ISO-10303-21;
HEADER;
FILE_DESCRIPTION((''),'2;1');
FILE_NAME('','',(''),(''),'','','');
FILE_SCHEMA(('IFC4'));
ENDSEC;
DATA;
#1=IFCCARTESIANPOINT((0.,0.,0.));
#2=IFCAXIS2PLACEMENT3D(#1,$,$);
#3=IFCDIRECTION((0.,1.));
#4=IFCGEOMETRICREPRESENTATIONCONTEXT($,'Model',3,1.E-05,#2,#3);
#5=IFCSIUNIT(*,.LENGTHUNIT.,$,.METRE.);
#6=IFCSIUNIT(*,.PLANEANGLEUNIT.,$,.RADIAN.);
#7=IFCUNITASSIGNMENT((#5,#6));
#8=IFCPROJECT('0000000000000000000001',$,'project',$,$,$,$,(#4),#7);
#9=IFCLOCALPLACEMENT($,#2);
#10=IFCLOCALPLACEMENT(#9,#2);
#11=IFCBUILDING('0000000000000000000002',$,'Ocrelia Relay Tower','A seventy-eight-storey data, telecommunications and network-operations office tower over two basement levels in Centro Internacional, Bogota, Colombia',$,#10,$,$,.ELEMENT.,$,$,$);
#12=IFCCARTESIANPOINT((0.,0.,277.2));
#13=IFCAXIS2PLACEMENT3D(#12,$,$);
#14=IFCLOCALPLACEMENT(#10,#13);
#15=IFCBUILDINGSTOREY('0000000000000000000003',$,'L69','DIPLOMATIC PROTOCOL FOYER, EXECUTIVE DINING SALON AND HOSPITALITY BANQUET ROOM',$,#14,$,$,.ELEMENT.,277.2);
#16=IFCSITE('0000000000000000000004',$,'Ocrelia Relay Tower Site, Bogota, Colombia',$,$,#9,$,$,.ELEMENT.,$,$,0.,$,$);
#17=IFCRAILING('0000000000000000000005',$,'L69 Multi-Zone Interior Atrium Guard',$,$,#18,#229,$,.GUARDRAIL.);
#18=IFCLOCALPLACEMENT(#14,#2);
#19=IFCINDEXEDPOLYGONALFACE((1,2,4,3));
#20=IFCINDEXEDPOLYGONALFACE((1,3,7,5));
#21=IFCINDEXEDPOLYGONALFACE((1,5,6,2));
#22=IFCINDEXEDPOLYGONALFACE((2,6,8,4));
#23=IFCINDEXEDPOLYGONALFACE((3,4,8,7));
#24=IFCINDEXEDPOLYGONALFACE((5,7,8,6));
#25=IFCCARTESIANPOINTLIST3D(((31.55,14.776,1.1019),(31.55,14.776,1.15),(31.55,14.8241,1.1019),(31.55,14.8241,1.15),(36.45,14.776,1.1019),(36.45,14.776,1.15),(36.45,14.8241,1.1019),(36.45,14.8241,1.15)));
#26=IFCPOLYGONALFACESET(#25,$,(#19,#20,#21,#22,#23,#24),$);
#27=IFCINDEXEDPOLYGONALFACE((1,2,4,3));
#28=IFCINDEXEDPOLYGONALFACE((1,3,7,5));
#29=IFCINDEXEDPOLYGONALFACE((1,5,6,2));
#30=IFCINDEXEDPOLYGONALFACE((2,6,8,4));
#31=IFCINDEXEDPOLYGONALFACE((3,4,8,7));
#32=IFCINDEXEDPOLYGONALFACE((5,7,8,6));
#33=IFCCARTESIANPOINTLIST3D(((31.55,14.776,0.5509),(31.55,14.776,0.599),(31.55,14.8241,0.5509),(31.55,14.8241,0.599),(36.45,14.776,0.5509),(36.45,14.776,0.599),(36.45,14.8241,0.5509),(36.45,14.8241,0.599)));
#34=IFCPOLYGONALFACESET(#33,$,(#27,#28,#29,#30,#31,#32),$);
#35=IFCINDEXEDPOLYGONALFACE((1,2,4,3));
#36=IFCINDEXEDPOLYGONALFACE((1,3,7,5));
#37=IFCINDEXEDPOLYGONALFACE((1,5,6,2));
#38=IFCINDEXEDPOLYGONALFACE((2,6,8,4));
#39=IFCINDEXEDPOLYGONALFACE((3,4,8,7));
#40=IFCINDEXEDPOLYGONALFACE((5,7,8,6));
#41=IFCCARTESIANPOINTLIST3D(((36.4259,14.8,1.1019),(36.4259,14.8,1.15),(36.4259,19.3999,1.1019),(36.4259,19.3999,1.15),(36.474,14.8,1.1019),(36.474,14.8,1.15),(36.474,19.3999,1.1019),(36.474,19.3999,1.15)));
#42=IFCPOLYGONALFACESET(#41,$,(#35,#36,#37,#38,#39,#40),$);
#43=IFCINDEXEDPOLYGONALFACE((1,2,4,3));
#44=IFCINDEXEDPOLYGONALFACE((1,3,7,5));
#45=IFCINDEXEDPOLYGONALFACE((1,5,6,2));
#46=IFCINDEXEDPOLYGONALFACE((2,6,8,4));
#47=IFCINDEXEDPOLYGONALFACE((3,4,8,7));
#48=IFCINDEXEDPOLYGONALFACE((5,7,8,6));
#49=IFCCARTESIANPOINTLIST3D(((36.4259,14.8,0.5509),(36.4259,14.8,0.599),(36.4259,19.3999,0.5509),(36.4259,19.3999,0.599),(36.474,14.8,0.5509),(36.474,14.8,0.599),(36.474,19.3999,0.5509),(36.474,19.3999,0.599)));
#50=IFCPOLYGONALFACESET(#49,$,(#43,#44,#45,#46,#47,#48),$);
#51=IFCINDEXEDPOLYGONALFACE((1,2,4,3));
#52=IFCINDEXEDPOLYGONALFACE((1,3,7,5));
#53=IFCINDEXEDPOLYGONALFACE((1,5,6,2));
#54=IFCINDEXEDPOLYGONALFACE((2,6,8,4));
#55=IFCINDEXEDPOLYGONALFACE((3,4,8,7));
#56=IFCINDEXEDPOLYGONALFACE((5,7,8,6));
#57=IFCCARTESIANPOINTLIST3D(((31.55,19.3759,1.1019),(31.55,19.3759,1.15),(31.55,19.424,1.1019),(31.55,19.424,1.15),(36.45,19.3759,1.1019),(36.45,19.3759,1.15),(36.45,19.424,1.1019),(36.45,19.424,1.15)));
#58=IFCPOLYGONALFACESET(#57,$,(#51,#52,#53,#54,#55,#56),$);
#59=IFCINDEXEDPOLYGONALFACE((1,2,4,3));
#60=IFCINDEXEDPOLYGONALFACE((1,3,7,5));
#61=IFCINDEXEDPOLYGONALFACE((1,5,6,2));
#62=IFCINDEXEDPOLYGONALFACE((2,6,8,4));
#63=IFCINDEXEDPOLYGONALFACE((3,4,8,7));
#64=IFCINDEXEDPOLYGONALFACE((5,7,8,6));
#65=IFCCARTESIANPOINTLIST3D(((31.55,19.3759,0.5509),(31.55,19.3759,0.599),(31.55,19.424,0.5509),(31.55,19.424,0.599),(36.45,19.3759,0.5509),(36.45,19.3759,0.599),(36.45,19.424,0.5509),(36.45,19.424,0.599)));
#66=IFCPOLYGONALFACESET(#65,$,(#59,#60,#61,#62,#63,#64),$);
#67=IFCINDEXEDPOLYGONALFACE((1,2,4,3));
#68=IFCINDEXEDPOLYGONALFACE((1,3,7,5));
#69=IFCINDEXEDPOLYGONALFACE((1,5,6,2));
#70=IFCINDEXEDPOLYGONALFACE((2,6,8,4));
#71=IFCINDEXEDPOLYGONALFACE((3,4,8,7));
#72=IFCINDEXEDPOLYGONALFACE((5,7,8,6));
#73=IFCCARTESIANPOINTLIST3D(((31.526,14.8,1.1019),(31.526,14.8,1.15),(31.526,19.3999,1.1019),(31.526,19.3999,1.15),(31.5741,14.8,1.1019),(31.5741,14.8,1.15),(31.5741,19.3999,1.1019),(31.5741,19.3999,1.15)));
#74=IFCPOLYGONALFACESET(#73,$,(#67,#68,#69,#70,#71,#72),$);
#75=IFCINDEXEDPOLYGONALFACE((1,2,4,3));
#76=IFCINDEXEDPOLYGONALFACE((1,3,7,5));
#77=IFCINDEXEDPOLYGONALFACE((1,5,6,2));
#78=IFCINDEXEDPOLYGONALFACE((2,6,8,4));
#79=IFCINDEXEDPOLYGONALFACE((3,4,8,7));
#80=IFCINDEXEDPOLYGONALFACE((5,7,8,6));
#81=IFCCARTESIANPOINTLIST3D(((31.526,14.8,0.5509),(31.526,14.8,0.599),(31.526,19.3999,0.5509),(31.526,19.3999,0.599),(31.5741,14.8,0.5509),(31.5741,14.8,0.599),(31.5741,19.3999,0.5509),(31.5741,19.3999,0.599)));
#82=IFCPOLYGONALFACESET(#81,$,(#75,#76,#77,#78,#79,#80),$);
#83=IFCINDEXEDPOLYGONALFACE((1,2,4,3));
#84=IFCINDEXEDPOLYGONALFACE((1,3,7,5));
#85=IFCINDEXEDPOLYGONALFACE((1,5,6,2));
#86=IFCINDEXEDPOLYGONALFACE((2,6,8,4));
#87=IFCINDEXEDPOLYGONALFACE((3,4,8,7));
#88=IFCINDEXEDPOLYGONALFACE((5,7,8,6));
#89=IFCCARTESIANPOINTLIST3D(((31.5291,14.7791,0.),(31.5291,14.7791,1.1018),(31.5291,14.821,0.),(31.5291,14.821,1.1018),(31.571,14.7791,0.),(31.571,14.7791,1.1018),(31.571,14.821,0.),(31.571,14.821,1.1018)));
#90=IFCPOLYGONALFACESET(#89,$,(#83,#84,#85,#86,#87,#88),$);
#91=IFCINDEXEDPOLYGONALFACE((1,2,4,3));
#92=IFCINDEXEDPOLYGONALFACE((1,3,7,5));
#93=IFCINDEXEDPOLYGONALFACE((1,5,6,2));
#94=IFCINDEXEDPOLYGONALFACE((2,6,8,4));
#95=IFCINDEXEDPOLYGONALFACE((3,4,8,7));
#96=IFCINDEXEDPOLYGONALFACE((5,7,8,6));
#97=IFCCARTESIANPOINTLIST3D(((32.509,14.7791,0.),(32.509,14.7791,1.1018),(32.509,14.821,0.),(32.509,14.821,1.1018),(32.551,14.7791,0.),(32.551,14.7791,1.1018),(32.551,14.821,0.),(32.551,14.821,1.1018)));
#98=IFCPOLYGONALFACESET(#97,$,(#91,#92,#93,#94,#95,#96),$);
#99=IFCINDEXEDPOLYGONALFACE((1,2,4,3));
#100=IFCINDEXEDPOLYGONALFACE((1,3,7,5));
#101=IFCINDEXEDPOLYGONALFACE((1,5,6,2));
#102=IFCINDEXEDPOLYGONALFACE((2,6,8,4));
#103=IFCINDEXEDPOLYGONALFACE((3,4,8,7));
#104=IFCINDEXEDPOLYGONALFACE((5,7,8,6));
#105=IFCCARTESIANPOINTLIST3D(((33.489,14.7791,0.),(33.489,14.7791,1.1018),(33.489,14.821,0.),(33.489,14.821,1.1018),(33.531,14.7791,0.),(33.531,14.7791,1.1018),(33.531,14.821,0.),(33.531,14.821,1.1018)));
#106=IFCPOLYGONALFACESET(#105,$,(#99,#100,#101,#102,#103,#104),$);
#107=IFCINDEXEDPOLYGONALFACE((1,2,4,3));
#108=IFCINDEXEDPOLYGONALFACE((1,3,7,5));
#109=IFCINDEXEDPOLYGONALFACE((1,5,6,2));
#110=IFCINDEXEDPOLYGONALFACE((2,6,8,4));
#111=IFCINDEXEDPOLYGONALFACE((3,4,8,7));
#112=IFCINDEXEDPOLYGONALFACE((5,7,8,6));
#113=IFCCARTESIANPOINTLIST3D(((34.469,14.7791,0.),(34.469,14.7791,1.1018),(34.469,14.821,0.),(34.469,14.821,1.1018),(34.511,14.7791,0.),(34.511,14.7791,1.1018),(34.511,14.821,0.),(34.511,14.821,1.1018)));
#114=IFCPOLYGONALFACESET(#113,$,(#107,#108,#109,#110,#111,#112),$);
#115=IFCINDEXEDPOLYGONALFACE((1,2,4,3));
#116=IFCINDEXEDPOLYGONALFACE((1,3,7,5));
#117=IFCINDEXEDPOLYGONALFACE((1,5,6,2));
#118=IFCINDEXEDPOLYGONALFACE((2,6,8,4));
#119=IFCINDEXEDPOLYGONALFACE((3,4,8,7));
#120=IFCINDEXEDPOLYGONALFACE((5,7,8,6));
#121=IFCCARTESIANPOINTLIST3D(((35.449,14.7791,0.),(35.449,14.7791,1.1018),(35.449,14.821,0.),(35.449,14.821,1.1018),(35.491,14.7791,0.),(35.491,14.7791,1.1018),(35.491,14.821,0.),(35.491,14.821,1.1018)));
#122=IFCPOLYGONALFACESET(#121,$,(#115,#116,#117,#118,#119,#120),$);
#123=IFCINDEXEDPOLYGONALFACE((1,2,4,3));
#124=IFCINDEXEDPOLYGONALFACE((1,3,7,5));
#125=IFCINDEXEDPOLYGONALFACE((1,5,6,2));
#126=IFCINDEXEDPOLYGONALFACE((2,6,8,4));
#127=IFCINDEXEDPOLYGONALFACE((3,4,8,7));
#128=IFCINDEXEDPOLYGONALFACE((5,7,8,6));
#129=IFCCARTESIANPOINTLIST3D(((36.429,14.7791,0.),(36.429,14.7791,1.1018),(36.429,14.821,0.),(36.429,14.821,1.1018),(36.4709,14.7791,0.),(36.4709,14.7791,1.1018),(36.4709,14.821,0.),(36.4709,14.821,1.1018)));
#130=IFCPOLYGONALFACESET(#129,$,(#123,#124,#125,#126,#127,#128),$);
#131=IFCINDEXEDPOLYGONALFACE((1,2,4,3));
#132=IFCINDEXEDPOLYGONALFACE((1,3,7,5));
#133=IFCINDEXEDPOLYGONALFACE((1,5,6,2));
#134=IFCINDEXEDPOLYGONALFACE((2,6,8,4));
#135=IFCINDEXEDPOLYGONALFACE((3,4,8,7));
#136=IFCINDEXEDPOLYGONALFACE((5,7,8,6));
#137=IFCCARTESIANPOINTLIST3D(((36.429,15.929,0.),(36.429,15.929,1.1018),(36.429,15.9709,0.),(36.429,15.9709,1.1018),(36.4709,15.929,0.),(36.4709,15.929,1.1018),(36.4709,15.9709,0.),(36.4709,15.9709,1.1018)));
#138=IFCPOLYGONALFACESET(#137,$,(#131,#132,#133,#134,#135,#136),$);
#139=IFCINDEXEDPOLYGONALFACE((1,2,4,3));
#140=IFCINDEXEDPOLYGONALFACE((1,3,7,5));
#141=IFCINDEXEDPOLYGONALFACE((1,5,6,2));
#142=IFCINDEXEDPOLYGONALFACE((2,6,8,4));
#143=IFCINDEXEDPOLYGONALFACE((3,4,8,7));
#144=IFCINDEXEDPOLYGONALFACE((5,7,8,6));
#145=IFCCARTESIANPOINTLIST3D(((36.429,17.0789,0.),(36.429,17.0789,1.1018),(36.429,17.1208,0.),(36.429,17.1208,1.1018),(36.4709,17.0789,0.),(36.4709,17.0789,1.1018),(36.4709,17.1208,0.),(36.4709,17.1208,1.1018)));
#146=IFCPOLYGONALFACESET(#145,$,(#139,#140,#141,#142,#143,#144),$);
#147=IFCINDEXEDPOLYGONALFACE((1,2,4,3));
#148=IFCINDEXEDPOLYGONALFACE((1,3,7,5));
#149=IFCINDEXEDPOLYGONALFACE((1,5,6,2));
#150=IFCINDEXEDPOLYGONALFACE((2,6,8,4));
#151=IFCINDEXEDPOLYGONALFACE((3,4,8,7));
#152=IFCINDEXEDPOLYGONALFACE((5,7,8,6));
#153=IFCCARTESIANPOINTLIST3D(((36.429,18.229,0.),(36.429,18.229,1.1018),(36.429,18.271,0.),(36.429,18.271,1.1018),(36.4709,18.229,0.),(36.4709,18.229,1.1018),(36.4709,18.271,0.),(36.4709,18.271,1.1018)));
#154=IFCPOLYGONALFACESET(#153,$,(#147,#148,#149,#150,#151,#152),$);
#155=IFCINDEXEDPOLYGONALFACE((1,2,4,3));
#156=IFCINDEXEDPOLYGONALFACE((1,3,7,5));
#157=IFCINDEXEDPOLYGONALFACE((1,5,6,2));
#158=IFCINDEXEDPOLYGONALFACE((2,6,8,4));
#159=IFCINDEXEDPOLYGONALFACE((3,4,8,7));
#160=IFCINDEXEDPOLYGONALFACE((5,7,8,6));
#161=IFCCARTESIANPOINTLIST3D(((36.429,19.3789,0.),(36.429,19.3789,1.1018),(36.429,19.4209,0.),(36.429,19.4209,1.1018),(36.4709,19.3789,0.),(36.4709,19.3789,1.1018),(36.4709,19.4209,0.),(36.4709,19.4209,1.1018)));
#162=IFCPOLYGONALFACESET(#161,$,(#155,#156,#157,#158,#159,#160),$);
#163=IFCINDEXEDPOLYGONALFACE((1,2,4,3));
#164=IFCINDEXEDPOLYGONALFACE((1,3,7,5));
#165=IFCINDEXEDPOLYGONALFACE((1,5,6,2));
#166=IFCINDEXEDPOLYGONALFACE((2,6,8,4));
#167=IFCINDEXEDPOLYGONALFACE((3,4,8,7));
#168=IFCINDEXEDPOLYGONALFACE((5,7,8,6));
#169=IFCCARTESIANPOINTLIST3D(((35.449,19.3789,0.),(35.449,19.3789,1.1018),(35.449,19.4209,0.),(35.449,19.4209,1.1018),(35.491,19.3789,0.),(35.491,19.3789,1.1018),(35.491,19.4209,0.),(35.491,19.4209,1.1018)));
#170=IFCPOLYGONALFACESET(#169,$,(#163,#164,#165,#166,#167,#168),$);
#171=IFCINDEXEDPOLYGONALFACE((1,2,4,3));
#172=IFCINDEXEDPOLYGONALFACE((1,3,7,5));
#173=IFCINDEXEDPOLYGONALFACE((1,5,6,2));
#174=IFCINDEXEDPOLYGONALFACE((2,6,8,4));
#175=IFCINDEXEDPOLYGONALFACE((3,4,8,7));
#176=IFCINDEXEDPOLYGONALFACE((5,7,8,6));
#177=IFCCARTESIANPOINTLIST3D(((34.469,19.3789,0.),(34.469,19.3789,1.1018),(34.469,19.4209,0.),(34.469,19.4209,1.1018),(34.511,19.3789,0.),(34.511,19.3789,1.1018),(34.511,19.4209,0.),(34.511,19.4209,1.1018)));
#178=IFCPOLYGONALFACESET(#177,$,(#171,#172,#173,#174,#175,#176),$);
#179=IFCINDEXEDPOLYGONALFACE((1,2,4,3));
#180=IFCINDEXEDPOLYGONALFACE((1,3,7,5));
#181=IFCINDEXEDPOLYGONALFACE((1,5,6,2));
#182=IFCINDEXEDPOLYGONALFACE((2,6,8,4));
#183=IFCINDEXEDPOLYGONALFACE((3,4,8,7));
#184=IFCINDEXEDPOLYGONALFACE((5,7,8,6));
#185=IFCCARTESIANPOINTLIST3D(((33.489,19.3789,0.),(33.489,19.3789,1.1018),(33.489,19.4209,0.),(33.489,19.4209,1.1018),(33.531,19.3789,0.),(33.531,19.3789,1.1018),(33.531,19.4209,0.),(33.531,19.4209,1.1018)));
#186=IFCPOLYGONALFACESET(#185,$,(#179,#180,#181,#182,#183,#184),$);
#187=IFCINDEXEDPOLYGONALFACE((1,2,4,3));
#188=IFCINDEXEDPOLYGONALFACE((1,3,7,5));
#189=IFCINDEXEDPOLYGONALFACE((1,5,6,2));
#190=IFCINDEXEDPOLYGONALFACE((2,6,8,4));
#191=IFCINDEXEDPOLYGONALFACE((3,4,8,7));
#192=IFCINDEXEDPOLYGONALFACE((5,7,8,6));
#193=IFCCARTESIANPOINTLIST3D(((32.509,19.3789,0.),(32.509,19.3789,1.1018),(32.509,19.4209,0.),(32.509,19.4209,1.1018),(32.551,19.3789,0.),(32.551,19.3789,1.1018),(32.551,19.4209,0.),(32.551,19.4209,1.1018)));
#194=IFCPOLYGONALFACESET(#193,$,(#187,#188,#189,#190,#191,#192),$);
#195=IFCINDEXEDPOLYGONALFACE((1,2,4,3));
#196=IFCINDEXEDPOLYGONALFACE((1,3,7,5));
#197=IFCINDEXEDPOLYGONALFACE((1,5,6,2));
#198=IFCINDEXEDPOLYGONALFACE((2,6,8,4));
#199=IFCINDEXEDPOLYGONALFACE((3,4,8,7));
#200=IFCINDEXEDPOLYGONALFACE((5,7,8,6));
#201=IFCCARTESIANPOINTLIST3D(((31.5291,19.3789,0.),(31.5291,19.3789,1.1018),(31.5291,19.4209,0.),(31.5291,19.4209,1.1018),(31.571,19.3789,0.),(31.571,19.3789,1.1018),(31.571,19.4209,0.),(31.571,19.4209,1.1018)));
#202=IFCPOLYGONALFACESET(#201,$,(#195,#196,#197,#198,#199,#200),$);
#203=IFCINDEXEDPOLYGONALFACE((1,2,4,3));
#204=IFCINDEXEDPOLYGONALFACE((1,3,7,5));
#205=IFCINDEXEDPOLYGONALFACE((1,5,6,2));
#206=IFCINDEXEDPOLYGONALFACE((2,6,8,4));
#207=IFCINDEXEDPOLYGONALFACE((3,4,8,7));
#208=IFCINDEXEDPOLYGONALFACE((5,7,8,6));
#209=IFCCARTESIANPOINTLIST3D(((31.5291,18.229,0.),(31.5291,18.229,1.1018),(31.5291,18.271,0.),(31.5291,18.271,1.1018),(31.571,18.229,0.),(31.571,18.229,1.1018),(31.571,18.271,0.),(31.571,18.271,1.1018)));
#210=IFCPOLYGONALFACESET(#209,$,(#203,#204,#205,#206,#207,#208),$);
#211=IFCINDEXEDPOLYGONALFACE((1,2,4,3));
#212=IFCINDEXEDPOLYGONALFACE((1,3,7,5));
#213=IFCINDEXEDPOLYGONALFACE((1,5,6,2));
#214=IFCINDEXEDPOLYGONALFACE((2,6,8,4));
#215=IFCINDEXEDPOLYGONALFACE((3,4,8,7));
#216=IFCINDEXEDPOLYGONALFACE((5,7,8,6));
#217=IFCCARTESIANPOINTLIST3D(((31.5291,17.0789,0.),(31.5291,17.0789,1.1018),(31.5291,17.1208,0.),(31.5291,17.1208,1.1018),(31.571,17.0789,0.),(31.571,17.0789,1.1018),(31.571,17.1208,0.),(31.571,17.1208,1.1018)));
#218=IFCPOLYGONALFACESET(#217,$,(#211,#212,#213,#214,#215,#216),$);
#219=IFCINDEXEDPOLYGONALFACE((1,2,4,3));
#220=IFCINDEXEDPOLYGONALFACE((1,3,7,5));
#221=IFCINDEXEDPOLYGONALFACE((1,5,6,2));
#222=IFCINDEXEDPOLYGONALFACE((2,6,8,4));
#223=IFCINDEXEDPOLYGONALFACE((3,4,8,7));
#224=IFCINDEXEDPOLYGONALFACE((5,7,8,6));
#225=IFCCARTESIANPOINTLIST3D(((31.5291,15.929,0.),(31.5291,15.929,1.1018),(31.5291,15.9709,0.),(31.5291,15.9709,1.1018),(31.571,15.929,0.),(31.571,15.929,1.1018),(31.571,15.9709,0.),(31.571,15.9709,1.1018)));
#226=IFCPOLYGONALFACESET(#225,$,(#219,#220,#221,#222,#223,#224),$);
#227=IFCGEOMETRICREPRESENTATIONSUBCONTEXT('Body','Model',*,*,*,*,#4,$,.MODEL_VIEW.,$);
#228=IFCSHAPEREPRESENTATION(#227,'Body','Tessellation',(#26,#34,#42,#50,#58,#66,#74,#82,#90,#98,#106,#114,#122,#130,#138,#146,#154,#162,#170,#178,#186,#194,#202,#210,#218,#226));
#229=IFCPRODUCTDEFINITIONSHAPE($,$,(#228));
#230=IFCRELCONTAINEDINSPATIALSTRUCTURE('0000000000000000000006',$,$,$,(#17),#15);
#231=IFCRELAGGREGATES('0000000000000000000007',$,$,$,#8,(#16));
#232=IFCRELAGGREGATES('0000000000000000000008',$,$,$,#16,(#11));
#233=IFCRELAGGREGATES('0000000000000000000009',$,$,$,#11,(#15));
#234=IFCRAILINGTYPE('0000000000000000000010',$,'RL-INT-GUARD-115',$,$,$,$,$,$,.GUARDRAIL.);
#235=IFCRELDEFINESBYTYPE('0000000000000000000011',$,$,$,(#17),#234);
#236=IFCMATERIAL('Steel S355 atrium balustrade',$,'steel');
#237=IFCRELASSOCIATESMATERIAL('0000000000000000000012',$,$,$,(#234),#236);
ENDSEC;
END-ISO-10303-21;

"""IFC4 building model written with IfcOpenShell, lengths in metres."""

from ifc_helpers import new_model, si_unit, direction, frame, origin, origin_2d, place, context, subcontext, project, spatial, rectangle, extrude, material, type_object, element, save


model = new_model("IFC4")

# Units and contexts
model_context = context("Model", 3, precision=1e-05, world=origin(), true_north=direction((0.0, 1.0)))
body_context = subcontext(model_context, "Body", "Model", "MODEL_VIEW")
ifc_project = project(units=[si_unit("LENGTHUNIT", "METRE"), si_unit("PLANEANGLEUNIT", "RADIAN")], contexts=[model_context])

# Site, building, storey
site_placement = place(None, origin())
site = spatial("IfcSite", under=ifc_project, at=site_placement, Name="Ocrelia Relay Tower Site, Bogota, Colombia", CompositionType="ELEMENT", RefElevation=0.0)
building_placement = place(site_placement, origin())
building = spatial("IfcBuilding", under=site, at=building_placement, Name="Ocrelia Relay Tower", Description="A seventy-eight-storey data, telecommunications and network-operations office tower over two basement levels in Centro Internacional, Bogota, Colombia", CompositionType="ELEMENT")
storey_placement = place(building_placement, frame((0.0, 0.0, 277.2)))
storey = spatial("IfcBuildingStorey", under=building, at=storey_placement, Name="L69", Description="DIPLOMATIC PROTOCOL FOYER, EXECUTIVE DINING SALON AND HOSPITALITY BANQUET ROOM", CompositionType="ELEMENT", Elevation=277.2)

# Railing
ifc_material_1 = material(Name="Steel S355 atrium balustrade", Category="steel")
railing_type = type_object("IfcRailingType", Name="RL-INT-GUARD-115", PredefinedType="GUARDRAIL", material=ifc_material_1)
railing_placement = place(storey_placement, frame((31.55, 14.8, 0.0)))
element("IfcRailing", 1, at=railing_placement, inside=storey, type_object=railing_type, Name="L69 Multi-Zone Interior Atrium Guard", PredefinedType="GUARDRAIL", context=body_context, shape_type="SweptSolid", body=[
    extrude(rectangle(XDim=0.0481, YDim=0.0481, at=origin_2d()), frame((0.0, 0.0, 1.126), z_axis=(1.0, 0.0, 0.0), x_axis=(0.0, 1.0, 0.0)), (0.0, 0.0, 1.0), 4.8999),
    extrude(rectangle(XDim=0.0481, YDim=0.0481, at=origin_2d()), frame((0.0, 0.0, 0.575), z_axis=(1.0, 0.0, 0.0), x_axis=(0.0, 1.0, 0.0)), (0.0, 0.0, 1.0), 4.8999),
    extrude(rectangle(XDim=0.0481, YDim=0.0481, at=origin_2d()), frame((4.8999, 0.0, 1.126), z_axis=(0.0, 1.0, 0.0), x_axis=(-1.0, 0.0, 0.0)), (0.0, 0.0, 1.0), 4.5999),
    extrude(rectangle(XDim=0.0481, YDim=0.0481, at=origin_2d()), frame((4.8999, 0.0, 0.575), z_axis=(0.0, 1.0, 0.0), x_axis=(-1.0, 0.0, 0.0)), (0.0, 0.0, 1.0), 4.5999),
    extrude(rectangle(XDim=0.0481, YDim=0.0481, at=origin_2d()), frame((4.8999, 4.5999, 1.126), z_axis=(-1.0, 0.0, 0.0), x_axis=(0.0, -1.0, 0.0)), (0.0, 0.0, 1.0), 4.8999),
    extrude(rectangle(XDim=0.0481, YDim=0.0481, at=origin_2d()), frame((4.8999, 4.5999, 0.575), z_axis=(-1.0, 0.0, 0.0), x_axis=(0.0, -1.0, 0.0)), (0.0, 0.0, 1.0), 4.8999),
    extrude(rectangle(XDim=0.0481, YDim=0.0481, at=origin_2d()), frame((0.0, 4.5999, 1.126), z_axis=(0.0, -1.0, 0.0), x_axis=(1.0, 0.0, 0.0)), (0.0, 0.0, 1.0), 4.5999),
    extrude(rectangle(XDim=0.0481, YDim=0.0481, at=origin_2d()), frame((0.0, 4.5999, 0.575), z_axis=(0.0, -1.0, 0.0), x_axis=(1.0, 0.0, 0.0)), (0.0, 0.0, 1.0), 4.5999),
    extrude(rectangle(XDim=0.042, YDim=0.042, at=origin_2d()), origin(), (0.0, 0.0, 1.0), 1.1018),
    extrude(rectangle(XDim=0.042, YDim=0.042, at=origin_2d()), frame((0.98, 0.0, 0.0)), (0.0, 0.0, 1.0), 1.1018),
    extrude(rectangle(XDim=0.042, YDim=0.042, at=origin_2d()), frame((1.96, 0.0, 0.0)), (0.0, 0.0, 1.0), 1.1018),
    extrude(rectangle(XDim=0.042, YDim=0.042, at=origin_2d()), frame((2.9399, 0.0, 0.0)), (0.0, 0.0, 1.0), 1.1018),
    extrude(rectangle(XDim=0.042, YDim=0.042, at=origin_2d()), frame((3.9199, 0.0, 0.0)), (0.0, 0.0, 1.0), 1.1018),
    extrude(rectangle(XDim=0.042, YDim=0.042, at=origin_2d()), frame((4.8999, 0.0, 0.0)), (0.0, 0.0, 1.0), 1.1018),
    extrude(rectangle(XDim=0.042, YDim=0.042, at=origin_2d()), frame((4.8999, 1.1499, 0.0)), (0.0, 0.0, 1.0), 1.1018),
    extrude(rectangle(XDim=0.042, YDim=0.042, at=origin_2d()), frame((4.8999, 2.2998, 0.0)), (0.0, 0.0, 1.0), 1.1018),
    extrude(rectangle(XDim=0.042, YDim=0.042, at=origin_2d()), frame((4.8999, 3.45, 0.0)), (0.0, 0.0, 1.0), 1.1018),
    extrude(rectangle(XDim=0.042, YDim=0.042, at=origin_2d()), frame((4.8999, 4.5999, 0.0)), (0.0, 0.0, 1.0), 1.1018),
    extrude(rectangle(XDim=0.042, YDim=0.042, at=origin_2d()), frame((3.9199, 4.5999, 0.0)), (0.0, 0.0, 1.0), 1.1018),
    extrude(rectangle(XDim=0.042, YDim=0.042, at=origin_2d()), frame((2.9399, 4.5999, 0.0)), (0.0, 0.0, 1.0), 1.1018),
    extrude(rectangle(XDim=0.042, YDim=0.042, at=origin_2d()), frame((1.96, 4.5999, 0.0)), (0.0, 0.0, 1.0), 1.1018),
    extrude(rectangle(XDim=0.042, YDim=0.042, at=origin_2d()), frame((0.98, 4.5999, 0.0)), (0.0, 0.0, 1.0), 1.1018),
    extrude(rectangle(XDim=0.042, YDim=0.042, at=origin_2d()), frame((0.0, 4.5999, 0.0)), (0.0, 0.0, 1.0), 1.1018),
    extrude(rectangle(XDim=0.042, YDim=0.042, at=origin_2d()), frame((0.0, 3.45, 0.0)), (0.0, 0.0, 1.0), 1.1018),
    extrude(rectangle(XDim=0.042, YDim=0.042, at=origin_2d()), frame((0.0, 2.2998, 0.0)), (0.0, 0.0, 1.0), 1.1018),
    extrude(rectangle(XDim=0.042, YDim=0.042, at=origin_2d()), frame((0.0, 1.1499, 0.0)), (0.0, 0.0, 1.0), 1.1018),
])

save(model, "model.ifc")
